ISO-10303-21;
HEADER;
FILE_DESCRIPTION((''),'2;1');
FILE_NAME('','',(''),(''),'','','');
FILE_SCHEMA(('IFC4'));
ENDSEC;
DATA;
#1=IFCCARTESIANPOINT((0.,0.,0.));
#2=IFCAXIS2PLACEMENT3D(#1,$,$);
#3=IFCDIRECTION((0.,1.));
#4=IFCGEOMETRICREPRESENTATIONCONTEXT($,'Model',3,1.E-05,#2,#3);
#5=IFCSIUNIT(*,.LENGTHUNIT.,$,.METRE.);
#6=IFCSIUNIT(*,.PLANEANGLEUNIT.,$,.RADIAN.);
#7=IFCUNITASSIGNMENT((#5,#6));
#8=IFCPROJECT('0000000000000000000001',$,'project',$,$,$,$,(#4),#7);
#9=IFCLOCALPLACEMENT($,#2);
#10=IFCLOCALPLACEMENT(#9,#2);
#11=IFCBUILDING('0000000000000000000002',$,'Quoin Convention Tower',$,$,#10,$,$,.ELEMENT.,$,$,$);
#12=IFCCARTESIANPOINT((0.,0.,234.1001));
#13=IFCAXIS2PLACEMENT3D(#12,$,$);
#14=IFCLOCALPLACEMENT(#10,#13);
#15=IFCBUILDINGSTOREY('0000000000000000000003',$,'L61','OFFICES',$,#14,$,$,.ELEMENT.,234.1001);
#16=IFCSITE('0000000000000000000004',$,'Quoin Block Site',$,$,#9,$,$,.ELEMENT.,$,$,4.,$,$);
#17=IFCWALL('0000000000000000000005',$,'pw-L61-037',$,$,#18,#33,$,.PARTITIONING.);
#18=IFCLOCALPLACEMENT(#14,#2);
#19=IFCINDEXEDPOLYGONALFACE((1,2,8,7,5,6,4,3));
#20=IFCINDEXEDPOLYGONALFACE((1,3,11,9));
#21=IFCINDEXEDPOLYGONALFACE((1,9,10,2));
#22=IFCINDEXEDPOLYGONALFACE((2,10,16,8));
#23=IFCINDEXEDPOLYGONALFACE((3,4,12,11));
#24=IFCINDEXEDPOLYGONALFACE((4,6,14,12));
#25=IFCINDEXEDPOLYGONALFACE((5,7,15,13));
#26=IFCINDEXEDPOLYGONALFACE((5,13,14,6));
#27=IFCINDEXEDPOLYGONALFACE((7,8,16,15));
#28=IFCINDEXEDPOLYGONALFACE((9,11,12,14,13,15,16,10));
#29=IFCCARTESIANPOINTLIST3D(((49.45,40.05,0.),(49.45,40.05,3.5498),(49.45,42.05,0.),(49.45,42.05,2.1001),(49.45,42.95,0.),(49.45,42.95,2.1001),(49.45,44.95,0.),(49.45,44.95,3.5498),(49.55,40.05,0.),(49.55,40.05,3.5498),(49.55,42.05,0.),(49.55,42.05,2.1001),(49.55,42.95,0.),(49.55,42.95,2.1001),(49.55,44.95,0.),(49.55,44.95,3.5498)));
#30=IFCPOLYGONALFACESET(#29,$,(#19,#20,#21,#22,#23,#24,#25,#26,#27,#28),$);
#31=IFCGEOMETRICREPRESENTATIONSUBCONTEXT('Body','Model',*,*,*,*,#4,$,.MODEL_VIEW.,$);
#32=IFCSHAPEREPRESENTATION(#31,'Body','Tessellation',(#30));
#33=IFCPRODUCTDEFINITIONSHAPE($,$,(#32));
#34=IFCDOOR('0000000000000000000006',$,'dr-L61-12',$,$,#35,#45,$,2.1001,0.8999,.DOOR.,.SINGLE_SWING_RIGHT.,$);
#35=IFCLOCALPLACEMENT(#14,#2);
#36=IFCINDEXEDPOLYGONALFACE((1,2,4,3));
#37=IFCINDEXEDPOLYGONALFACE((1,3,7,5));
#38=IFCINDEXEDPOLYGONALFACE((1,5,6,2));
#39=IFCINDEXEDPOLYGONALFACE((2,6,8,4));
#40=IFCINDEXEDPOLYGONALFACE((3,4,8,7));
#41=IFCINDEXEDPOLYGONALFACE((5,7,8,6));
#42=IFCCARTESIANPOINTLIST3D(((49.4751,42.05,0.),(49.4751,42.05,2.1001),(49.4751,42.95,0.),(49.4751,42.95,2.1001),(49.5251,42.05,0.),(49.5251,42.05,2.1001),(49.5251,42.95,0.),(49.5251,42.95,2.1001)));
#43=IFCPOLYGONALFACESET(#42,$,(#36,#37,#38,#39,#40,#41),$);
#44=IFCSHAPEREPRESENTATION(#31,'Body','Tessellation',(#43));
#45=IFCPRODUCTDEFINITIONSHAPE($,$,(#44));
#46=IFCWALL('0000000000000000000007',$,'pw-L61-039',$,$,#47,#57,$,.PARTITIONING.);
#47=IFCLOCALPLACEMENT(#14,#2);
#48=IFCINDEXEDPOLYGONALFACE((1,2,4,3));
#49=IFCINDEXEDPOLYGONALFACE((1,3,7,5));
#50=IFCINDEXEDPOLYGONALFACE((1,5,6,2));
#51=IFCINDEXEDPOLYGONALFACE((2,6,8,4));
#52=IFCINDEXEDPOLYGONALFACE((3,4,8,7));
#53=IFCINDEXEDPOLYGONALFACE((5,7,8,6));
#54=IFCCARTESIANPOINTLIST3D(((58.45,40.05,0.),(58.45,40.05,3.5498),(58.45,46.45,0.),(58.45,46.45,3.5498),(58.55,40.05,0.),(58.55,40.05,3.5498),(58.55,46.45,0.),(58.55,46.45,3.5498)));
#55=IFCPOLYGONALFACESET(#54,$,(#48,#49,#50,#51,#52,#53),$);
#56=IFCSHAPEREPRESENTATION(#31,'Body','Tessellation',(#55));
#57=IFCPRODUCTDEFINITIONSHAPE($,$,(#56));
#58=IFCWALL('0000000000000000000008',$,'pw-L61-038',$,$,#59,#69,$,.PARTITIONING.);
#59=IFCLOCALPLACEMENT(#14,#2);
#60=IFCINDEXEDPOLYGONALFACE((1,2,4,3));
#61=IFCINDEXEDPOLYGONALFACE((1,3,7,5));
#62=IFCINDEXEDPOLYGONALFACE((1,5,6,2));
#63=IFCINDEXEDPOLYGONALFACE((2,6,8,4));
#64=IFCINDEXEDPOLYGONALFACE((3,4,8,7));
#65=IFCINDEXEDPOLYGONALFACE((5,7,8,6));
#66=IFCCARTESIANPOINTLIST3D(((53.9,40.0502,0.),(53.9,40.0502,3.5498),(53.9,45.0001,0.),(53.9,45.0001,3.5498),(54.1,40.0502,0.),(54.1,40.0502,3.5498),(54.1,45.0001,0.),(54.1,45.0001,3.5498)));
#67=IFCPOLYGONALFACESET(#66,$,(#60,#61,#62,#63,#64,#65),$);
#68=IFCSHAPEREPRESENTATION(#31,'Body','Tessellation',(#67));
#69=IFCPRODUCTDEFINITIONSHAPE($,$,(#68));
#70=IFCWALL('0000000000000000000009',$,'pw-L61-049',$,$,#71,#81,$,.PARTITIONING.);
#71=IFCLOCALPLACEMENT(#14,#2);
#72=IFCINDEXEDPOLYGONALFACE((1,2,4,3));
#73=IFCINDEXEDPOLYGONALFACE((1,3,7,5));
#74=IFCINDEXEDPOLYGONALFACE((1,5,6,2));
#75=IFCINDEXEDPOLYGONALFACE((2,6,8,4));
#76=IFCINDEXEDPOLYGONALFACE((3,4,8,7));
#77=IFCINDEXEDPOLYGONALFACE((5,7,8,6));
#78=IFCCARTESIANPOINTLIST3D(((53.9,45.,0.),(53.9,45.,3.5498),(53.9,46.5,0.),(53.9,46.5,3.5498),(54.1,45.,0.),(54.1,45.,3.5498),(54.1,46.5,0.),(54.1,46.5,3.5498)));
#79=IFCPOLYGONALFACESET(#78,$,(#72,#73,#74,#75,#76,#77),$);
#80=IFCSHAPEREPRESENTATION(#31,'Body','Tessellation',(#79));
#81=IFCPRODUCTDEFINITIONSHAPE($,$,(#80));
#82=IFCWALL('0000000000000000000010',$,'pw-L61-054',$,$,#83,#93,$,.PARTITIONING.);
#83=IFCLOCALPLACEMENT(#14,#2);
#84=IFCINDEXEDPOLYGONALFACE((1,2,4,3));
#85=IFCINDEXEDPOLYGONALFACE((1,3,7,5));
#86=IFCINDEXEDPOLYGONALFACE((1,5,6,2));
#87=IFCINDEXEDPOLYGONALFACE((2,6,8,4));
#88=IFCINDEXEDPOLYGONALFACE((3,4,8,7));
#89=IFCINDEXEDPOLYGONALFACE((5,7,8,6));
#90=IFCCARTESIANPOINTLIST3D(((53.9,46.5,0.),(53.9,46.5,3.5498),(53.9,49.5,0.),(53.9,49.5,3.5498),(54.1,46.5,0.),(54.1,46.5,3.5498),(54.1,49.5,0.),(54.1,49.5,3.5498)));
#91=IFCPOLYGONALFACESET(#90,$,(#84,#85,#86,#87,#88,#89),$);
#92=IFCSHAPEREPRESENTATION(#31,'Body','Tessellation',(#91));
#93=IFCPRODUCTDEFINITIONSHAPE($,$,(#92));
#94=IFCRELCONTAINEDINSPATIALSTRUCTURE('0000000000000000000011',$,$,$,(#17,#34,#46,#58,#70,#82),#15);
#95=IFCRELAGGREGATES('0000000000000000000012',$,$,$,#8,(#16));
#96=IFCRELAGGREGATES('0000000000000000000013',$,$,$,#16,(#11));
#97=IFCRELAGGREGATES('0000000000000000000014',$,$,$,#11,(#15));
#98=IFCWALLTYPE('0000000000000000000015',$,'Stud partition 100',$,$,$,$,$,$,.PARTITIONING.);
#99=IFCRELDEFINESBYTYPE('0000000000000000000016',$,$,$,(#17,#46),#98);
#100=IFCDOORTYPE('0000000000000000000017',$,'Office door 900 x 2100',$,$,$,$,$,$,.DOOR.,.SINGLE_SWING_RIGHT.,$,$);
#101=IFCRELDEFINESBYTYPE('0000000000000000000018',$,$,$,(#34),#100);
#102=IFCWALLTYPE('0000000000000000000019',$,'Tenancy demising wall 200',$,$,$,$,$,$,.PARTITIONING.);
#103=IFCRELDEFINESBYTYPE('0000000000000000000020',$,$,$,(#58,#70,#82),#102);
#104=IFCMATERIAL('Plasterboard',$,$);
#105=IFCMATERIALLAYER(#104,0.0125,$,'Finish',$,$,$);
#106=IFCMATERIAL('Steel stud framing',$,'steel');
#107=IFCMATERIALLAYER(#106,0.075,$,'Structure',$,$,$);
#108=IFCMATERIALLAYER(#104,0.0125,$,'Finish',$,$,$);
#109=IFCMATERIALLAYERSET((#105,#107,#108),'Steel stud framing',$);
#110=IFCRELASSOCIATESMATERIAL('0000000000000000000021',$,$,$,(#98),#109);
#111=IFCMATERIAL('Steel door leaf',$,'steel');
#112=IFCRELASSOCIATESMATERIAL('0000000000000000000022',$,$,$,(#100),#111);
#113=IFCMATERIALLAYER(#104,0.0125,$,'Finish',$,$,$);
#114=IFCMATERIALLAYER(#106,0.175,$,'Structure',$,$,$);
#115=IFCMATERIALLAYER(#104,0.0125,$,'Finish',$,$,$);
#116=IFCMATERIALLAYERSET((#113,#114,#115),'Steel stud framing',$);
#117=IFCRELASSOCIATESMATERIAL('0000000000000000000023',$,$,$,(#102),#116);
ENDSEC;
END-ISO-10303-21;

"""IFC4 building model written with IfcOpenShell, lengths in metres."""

from ifc_helpers import new_model, si_unit, direction, frame, frame_2d, origin, place, context, subcontext, project, spatial, rectangle, extrude, material, layer, layer_set, type_object, element, fill, save


model = new_model("IFC4")

# Units and contexts
model_context = context("Model", 3, precision=1e-05, world=origin(), true_north=direction((0.0, 1.0)))
body_context = subcontext(model_context, "Body", "Model", "MODEL_VIEW")
ifc_project = project(units=[si_unit("LENGTHUNIT", "METRE"), si_unit("PLANEANGLEUNIT", "RADIAN")], contexts=[model_context])

# Site, building, storey
site_placement = place(None, origin())
site = spatial("IfcSite", under=ifc_project, at=site_placement, Name="Quoin Block Site", CompositionType="ELEMENT", RefElevation=4.0)
building_placement = place(site_placement, origin())
building = spatial("IfcBuilding", under=site, at=building_placement, Name="Quoin Convention Tower", CompositionType="ELEMENT")
storey_placement = place(building_placement, frame((0.0, 0.0, 234.1001)))
storey = spatial("IfcBuildingStorey", under=building, at=storey_placement, Name="L61", Description="OFFICES", CompositionType="ELEMENT", Elevation=234.1001)

# Shared definitions
ifc_material_1 = material(Name="Plasterboard")
ifc_material_2 = material(Name="Steel stud framing", Category="steel")
ifc_layer_1 = layer(ifc_material_1, 0.0125, Name="Finish")
ifc_layer_2 = layer(ifc_material_2, 0.075, Name="Structure")
ifc_layer_3 = layer(ifc_material_1, 0.0125, Name="Finish")
ifc_layer_set_1 = layer_set([ifc_layer_1, ifc_layer_2, ifc_layer_3], Name="Steel stud framing")
wall_type_1 = type_object("IfcWallType", Name="Stud partition 100", PredefinedType="PARTITIONING", material=ifc_layer_set_1)

# Shared definitions
ifc_material_3 = material(Name="Steel door leaf", Category="steel")
door_type = type_object("IfcDoorType", Name="Office door 900 x 2100", OperationType="SINGLE_SWING_RIGHT", PredefinedType="DOOR", material=ifc_material_3)

# Wall, opening, door
wall_1_placement = place(storey_placement, frame((49.5, 40.05, 0.0), z_axis=(0.0, 0.0, 1.0), x_axis=(0.0, 1.0, 0.0)))
wall_1 = element("IfcWall", 1, at=wall_1_placement, inside=storey, type_object=wall_type_1, Name="pw-L61-037", PredefinedType="PARTITIONING", context=body_context, shape_type="SweptSolid", body=[
    extrude(rectangle(XDim=4.8999, YDim=0.1001, at=frame_2d((2.45, 0.0))), origin(), (0.0, 0.0, 1.0), 3.5498),
])
opening_1_placement = place(wall_1_placement, frame((2.0, 0.0, 0.0)))
opening_1 = element("IfcOpeningElement", 2, at=opening_1_placement, cuts=wall_1, PredefinedType="OPENING", context=body_context, shape_type="SweptSolid", body=[
    extrude(rectangle(XDim=0.8999, YDim=2.1001, at=frame_2d((0.45, 1.05))), frame((0.0, 0.0601, 0.0), z_axis=(0.0, -1.0, 0.0), x_axis=(1.0, 0.0, 0.0)), (0.0, 0.0, 1.0), 0.1201),
])
door_1_placement = place(opening_1_placement, origin())
door_1 = element("IfcDoor", 3, at=door_1_placement, inside=storey, type_object=door_type, Name="dr-L61-12", OperationType="SINGLE_SWING_RIGHT", OverallHeight=2.1001, OverallWidth=0.8999, PredefinedType="DOOR", context=body_context, shape_type="SweptSolid", body=[
    extrude(rectangle(XDim=0.8999, YDim=2.1001, at=frame_2d((0.45, 1.05))), frame((0.0, 0.0249, 0.0), z_axis=(0.0, -1.0, 0.0), x_axis=(1.0, 0.0, 0.0)), (0.0, 0.0, 1.0), 0.05),
])
fill(opening_1, door_1)

# Walls
wall_2_placement = place(storey_placement, frame((58.5, 40.05, 0.0), z_axis=(0.0, 0.0, 1.0), x_axis=(0.0, 1.0, 0.0)))
element("IfcWall", 4, at=wall_2_placement, inside=storey, type_object=wall_type_1, Name="pw-L61-039", PredefinedType="PARTITIONING", context=body_context, shape_type="SweptSolid", body=[
    extrude(rectangle(XDim=6.3999, YDim=0.1001, at=frame_2d((3.2, 0.0))), origin(), (0.0, 0.0, 1.0), 3.5498),
])
ifc_layer_4 = layer(ifc_material_1, 0.0125, Name="Finish")
ifc_layer_5 = layer(ifc_material_2, 0.175, Name="Structure")
ifc_layer_6 = layer(ifc_material_1, 0.0125, Name="Finish")
ifc_layer_set_2 = layer_set([ifc_layer_4, ifc_layer_5, ifc_layer_6], Name="Steel stud framing")
wall_type_2 = type_object("IfcWallType", Name="Tenancy demising wall 200", PredefinedType="PARTITIONING", material=ifc_layer_set_2)
wall_3_placement = place(storey_placement, frame((54.0, 40.05, 0.0), z_axis=(0.0, 0.0, 1.0), x_axis=(0.0, 1.0, 0.0)))
element("IfcWall", 5, at=wall_3_placement, inside=storey, type_object=wall_type_2, Name="pw-L61-038", PredefinedType="PARTITIONING", context=body_context, shape_type="SweptSolid", body=[
    extrude(rectangle(XDim=4.95, YDim=0.2, at=frame_2d((2.4751, 0.0))), origin(), (0.0, 0.0, 1.0), 3.5498),
])
wall_4_placement = place(storey_placement, frame((54.0, 45.0, 0.0), z_axis=(0.0, 0.0, 1.0), x_axis=(0.0, 1.0, 0.0)))
element("IfcWall", 6, at=wall_4_placement, inside=storey, type_object=wall_type_2, Name="pw-L61-049", PredefinedType="PARTITIONING", context=body_context, shape_type="SweptSolid", body=[
    extrude(rectangle(XDim=1.5, YDim=0.2, at=frame_2d((0.75, 0.0))), origin(), (0.0, 0.0, 1.0), 3.5498),
])
wall_5_placement = place(storey_placement, frame((54.0, 46.5, 0.0), z_axis=(0.0, 0.0, 1.0), x_axis=(0.0, 1.0, 0.0)))
element("IfcWall", 7, at=wall_5_placement, inside=storey, type_object=wall_type_2, Name="pw-L61-054", PredefinedType="PARTITIONING", context=body_context, shape_type="SweptSolid", body=[
    extrude(rectangle(XDim=3.0, YDim=0.2, at=frame_2d((1.5, 0.0))), origin(), (0.0, 0.0, 1.0), 3.5498),
])

save(model, "model.ifc")
